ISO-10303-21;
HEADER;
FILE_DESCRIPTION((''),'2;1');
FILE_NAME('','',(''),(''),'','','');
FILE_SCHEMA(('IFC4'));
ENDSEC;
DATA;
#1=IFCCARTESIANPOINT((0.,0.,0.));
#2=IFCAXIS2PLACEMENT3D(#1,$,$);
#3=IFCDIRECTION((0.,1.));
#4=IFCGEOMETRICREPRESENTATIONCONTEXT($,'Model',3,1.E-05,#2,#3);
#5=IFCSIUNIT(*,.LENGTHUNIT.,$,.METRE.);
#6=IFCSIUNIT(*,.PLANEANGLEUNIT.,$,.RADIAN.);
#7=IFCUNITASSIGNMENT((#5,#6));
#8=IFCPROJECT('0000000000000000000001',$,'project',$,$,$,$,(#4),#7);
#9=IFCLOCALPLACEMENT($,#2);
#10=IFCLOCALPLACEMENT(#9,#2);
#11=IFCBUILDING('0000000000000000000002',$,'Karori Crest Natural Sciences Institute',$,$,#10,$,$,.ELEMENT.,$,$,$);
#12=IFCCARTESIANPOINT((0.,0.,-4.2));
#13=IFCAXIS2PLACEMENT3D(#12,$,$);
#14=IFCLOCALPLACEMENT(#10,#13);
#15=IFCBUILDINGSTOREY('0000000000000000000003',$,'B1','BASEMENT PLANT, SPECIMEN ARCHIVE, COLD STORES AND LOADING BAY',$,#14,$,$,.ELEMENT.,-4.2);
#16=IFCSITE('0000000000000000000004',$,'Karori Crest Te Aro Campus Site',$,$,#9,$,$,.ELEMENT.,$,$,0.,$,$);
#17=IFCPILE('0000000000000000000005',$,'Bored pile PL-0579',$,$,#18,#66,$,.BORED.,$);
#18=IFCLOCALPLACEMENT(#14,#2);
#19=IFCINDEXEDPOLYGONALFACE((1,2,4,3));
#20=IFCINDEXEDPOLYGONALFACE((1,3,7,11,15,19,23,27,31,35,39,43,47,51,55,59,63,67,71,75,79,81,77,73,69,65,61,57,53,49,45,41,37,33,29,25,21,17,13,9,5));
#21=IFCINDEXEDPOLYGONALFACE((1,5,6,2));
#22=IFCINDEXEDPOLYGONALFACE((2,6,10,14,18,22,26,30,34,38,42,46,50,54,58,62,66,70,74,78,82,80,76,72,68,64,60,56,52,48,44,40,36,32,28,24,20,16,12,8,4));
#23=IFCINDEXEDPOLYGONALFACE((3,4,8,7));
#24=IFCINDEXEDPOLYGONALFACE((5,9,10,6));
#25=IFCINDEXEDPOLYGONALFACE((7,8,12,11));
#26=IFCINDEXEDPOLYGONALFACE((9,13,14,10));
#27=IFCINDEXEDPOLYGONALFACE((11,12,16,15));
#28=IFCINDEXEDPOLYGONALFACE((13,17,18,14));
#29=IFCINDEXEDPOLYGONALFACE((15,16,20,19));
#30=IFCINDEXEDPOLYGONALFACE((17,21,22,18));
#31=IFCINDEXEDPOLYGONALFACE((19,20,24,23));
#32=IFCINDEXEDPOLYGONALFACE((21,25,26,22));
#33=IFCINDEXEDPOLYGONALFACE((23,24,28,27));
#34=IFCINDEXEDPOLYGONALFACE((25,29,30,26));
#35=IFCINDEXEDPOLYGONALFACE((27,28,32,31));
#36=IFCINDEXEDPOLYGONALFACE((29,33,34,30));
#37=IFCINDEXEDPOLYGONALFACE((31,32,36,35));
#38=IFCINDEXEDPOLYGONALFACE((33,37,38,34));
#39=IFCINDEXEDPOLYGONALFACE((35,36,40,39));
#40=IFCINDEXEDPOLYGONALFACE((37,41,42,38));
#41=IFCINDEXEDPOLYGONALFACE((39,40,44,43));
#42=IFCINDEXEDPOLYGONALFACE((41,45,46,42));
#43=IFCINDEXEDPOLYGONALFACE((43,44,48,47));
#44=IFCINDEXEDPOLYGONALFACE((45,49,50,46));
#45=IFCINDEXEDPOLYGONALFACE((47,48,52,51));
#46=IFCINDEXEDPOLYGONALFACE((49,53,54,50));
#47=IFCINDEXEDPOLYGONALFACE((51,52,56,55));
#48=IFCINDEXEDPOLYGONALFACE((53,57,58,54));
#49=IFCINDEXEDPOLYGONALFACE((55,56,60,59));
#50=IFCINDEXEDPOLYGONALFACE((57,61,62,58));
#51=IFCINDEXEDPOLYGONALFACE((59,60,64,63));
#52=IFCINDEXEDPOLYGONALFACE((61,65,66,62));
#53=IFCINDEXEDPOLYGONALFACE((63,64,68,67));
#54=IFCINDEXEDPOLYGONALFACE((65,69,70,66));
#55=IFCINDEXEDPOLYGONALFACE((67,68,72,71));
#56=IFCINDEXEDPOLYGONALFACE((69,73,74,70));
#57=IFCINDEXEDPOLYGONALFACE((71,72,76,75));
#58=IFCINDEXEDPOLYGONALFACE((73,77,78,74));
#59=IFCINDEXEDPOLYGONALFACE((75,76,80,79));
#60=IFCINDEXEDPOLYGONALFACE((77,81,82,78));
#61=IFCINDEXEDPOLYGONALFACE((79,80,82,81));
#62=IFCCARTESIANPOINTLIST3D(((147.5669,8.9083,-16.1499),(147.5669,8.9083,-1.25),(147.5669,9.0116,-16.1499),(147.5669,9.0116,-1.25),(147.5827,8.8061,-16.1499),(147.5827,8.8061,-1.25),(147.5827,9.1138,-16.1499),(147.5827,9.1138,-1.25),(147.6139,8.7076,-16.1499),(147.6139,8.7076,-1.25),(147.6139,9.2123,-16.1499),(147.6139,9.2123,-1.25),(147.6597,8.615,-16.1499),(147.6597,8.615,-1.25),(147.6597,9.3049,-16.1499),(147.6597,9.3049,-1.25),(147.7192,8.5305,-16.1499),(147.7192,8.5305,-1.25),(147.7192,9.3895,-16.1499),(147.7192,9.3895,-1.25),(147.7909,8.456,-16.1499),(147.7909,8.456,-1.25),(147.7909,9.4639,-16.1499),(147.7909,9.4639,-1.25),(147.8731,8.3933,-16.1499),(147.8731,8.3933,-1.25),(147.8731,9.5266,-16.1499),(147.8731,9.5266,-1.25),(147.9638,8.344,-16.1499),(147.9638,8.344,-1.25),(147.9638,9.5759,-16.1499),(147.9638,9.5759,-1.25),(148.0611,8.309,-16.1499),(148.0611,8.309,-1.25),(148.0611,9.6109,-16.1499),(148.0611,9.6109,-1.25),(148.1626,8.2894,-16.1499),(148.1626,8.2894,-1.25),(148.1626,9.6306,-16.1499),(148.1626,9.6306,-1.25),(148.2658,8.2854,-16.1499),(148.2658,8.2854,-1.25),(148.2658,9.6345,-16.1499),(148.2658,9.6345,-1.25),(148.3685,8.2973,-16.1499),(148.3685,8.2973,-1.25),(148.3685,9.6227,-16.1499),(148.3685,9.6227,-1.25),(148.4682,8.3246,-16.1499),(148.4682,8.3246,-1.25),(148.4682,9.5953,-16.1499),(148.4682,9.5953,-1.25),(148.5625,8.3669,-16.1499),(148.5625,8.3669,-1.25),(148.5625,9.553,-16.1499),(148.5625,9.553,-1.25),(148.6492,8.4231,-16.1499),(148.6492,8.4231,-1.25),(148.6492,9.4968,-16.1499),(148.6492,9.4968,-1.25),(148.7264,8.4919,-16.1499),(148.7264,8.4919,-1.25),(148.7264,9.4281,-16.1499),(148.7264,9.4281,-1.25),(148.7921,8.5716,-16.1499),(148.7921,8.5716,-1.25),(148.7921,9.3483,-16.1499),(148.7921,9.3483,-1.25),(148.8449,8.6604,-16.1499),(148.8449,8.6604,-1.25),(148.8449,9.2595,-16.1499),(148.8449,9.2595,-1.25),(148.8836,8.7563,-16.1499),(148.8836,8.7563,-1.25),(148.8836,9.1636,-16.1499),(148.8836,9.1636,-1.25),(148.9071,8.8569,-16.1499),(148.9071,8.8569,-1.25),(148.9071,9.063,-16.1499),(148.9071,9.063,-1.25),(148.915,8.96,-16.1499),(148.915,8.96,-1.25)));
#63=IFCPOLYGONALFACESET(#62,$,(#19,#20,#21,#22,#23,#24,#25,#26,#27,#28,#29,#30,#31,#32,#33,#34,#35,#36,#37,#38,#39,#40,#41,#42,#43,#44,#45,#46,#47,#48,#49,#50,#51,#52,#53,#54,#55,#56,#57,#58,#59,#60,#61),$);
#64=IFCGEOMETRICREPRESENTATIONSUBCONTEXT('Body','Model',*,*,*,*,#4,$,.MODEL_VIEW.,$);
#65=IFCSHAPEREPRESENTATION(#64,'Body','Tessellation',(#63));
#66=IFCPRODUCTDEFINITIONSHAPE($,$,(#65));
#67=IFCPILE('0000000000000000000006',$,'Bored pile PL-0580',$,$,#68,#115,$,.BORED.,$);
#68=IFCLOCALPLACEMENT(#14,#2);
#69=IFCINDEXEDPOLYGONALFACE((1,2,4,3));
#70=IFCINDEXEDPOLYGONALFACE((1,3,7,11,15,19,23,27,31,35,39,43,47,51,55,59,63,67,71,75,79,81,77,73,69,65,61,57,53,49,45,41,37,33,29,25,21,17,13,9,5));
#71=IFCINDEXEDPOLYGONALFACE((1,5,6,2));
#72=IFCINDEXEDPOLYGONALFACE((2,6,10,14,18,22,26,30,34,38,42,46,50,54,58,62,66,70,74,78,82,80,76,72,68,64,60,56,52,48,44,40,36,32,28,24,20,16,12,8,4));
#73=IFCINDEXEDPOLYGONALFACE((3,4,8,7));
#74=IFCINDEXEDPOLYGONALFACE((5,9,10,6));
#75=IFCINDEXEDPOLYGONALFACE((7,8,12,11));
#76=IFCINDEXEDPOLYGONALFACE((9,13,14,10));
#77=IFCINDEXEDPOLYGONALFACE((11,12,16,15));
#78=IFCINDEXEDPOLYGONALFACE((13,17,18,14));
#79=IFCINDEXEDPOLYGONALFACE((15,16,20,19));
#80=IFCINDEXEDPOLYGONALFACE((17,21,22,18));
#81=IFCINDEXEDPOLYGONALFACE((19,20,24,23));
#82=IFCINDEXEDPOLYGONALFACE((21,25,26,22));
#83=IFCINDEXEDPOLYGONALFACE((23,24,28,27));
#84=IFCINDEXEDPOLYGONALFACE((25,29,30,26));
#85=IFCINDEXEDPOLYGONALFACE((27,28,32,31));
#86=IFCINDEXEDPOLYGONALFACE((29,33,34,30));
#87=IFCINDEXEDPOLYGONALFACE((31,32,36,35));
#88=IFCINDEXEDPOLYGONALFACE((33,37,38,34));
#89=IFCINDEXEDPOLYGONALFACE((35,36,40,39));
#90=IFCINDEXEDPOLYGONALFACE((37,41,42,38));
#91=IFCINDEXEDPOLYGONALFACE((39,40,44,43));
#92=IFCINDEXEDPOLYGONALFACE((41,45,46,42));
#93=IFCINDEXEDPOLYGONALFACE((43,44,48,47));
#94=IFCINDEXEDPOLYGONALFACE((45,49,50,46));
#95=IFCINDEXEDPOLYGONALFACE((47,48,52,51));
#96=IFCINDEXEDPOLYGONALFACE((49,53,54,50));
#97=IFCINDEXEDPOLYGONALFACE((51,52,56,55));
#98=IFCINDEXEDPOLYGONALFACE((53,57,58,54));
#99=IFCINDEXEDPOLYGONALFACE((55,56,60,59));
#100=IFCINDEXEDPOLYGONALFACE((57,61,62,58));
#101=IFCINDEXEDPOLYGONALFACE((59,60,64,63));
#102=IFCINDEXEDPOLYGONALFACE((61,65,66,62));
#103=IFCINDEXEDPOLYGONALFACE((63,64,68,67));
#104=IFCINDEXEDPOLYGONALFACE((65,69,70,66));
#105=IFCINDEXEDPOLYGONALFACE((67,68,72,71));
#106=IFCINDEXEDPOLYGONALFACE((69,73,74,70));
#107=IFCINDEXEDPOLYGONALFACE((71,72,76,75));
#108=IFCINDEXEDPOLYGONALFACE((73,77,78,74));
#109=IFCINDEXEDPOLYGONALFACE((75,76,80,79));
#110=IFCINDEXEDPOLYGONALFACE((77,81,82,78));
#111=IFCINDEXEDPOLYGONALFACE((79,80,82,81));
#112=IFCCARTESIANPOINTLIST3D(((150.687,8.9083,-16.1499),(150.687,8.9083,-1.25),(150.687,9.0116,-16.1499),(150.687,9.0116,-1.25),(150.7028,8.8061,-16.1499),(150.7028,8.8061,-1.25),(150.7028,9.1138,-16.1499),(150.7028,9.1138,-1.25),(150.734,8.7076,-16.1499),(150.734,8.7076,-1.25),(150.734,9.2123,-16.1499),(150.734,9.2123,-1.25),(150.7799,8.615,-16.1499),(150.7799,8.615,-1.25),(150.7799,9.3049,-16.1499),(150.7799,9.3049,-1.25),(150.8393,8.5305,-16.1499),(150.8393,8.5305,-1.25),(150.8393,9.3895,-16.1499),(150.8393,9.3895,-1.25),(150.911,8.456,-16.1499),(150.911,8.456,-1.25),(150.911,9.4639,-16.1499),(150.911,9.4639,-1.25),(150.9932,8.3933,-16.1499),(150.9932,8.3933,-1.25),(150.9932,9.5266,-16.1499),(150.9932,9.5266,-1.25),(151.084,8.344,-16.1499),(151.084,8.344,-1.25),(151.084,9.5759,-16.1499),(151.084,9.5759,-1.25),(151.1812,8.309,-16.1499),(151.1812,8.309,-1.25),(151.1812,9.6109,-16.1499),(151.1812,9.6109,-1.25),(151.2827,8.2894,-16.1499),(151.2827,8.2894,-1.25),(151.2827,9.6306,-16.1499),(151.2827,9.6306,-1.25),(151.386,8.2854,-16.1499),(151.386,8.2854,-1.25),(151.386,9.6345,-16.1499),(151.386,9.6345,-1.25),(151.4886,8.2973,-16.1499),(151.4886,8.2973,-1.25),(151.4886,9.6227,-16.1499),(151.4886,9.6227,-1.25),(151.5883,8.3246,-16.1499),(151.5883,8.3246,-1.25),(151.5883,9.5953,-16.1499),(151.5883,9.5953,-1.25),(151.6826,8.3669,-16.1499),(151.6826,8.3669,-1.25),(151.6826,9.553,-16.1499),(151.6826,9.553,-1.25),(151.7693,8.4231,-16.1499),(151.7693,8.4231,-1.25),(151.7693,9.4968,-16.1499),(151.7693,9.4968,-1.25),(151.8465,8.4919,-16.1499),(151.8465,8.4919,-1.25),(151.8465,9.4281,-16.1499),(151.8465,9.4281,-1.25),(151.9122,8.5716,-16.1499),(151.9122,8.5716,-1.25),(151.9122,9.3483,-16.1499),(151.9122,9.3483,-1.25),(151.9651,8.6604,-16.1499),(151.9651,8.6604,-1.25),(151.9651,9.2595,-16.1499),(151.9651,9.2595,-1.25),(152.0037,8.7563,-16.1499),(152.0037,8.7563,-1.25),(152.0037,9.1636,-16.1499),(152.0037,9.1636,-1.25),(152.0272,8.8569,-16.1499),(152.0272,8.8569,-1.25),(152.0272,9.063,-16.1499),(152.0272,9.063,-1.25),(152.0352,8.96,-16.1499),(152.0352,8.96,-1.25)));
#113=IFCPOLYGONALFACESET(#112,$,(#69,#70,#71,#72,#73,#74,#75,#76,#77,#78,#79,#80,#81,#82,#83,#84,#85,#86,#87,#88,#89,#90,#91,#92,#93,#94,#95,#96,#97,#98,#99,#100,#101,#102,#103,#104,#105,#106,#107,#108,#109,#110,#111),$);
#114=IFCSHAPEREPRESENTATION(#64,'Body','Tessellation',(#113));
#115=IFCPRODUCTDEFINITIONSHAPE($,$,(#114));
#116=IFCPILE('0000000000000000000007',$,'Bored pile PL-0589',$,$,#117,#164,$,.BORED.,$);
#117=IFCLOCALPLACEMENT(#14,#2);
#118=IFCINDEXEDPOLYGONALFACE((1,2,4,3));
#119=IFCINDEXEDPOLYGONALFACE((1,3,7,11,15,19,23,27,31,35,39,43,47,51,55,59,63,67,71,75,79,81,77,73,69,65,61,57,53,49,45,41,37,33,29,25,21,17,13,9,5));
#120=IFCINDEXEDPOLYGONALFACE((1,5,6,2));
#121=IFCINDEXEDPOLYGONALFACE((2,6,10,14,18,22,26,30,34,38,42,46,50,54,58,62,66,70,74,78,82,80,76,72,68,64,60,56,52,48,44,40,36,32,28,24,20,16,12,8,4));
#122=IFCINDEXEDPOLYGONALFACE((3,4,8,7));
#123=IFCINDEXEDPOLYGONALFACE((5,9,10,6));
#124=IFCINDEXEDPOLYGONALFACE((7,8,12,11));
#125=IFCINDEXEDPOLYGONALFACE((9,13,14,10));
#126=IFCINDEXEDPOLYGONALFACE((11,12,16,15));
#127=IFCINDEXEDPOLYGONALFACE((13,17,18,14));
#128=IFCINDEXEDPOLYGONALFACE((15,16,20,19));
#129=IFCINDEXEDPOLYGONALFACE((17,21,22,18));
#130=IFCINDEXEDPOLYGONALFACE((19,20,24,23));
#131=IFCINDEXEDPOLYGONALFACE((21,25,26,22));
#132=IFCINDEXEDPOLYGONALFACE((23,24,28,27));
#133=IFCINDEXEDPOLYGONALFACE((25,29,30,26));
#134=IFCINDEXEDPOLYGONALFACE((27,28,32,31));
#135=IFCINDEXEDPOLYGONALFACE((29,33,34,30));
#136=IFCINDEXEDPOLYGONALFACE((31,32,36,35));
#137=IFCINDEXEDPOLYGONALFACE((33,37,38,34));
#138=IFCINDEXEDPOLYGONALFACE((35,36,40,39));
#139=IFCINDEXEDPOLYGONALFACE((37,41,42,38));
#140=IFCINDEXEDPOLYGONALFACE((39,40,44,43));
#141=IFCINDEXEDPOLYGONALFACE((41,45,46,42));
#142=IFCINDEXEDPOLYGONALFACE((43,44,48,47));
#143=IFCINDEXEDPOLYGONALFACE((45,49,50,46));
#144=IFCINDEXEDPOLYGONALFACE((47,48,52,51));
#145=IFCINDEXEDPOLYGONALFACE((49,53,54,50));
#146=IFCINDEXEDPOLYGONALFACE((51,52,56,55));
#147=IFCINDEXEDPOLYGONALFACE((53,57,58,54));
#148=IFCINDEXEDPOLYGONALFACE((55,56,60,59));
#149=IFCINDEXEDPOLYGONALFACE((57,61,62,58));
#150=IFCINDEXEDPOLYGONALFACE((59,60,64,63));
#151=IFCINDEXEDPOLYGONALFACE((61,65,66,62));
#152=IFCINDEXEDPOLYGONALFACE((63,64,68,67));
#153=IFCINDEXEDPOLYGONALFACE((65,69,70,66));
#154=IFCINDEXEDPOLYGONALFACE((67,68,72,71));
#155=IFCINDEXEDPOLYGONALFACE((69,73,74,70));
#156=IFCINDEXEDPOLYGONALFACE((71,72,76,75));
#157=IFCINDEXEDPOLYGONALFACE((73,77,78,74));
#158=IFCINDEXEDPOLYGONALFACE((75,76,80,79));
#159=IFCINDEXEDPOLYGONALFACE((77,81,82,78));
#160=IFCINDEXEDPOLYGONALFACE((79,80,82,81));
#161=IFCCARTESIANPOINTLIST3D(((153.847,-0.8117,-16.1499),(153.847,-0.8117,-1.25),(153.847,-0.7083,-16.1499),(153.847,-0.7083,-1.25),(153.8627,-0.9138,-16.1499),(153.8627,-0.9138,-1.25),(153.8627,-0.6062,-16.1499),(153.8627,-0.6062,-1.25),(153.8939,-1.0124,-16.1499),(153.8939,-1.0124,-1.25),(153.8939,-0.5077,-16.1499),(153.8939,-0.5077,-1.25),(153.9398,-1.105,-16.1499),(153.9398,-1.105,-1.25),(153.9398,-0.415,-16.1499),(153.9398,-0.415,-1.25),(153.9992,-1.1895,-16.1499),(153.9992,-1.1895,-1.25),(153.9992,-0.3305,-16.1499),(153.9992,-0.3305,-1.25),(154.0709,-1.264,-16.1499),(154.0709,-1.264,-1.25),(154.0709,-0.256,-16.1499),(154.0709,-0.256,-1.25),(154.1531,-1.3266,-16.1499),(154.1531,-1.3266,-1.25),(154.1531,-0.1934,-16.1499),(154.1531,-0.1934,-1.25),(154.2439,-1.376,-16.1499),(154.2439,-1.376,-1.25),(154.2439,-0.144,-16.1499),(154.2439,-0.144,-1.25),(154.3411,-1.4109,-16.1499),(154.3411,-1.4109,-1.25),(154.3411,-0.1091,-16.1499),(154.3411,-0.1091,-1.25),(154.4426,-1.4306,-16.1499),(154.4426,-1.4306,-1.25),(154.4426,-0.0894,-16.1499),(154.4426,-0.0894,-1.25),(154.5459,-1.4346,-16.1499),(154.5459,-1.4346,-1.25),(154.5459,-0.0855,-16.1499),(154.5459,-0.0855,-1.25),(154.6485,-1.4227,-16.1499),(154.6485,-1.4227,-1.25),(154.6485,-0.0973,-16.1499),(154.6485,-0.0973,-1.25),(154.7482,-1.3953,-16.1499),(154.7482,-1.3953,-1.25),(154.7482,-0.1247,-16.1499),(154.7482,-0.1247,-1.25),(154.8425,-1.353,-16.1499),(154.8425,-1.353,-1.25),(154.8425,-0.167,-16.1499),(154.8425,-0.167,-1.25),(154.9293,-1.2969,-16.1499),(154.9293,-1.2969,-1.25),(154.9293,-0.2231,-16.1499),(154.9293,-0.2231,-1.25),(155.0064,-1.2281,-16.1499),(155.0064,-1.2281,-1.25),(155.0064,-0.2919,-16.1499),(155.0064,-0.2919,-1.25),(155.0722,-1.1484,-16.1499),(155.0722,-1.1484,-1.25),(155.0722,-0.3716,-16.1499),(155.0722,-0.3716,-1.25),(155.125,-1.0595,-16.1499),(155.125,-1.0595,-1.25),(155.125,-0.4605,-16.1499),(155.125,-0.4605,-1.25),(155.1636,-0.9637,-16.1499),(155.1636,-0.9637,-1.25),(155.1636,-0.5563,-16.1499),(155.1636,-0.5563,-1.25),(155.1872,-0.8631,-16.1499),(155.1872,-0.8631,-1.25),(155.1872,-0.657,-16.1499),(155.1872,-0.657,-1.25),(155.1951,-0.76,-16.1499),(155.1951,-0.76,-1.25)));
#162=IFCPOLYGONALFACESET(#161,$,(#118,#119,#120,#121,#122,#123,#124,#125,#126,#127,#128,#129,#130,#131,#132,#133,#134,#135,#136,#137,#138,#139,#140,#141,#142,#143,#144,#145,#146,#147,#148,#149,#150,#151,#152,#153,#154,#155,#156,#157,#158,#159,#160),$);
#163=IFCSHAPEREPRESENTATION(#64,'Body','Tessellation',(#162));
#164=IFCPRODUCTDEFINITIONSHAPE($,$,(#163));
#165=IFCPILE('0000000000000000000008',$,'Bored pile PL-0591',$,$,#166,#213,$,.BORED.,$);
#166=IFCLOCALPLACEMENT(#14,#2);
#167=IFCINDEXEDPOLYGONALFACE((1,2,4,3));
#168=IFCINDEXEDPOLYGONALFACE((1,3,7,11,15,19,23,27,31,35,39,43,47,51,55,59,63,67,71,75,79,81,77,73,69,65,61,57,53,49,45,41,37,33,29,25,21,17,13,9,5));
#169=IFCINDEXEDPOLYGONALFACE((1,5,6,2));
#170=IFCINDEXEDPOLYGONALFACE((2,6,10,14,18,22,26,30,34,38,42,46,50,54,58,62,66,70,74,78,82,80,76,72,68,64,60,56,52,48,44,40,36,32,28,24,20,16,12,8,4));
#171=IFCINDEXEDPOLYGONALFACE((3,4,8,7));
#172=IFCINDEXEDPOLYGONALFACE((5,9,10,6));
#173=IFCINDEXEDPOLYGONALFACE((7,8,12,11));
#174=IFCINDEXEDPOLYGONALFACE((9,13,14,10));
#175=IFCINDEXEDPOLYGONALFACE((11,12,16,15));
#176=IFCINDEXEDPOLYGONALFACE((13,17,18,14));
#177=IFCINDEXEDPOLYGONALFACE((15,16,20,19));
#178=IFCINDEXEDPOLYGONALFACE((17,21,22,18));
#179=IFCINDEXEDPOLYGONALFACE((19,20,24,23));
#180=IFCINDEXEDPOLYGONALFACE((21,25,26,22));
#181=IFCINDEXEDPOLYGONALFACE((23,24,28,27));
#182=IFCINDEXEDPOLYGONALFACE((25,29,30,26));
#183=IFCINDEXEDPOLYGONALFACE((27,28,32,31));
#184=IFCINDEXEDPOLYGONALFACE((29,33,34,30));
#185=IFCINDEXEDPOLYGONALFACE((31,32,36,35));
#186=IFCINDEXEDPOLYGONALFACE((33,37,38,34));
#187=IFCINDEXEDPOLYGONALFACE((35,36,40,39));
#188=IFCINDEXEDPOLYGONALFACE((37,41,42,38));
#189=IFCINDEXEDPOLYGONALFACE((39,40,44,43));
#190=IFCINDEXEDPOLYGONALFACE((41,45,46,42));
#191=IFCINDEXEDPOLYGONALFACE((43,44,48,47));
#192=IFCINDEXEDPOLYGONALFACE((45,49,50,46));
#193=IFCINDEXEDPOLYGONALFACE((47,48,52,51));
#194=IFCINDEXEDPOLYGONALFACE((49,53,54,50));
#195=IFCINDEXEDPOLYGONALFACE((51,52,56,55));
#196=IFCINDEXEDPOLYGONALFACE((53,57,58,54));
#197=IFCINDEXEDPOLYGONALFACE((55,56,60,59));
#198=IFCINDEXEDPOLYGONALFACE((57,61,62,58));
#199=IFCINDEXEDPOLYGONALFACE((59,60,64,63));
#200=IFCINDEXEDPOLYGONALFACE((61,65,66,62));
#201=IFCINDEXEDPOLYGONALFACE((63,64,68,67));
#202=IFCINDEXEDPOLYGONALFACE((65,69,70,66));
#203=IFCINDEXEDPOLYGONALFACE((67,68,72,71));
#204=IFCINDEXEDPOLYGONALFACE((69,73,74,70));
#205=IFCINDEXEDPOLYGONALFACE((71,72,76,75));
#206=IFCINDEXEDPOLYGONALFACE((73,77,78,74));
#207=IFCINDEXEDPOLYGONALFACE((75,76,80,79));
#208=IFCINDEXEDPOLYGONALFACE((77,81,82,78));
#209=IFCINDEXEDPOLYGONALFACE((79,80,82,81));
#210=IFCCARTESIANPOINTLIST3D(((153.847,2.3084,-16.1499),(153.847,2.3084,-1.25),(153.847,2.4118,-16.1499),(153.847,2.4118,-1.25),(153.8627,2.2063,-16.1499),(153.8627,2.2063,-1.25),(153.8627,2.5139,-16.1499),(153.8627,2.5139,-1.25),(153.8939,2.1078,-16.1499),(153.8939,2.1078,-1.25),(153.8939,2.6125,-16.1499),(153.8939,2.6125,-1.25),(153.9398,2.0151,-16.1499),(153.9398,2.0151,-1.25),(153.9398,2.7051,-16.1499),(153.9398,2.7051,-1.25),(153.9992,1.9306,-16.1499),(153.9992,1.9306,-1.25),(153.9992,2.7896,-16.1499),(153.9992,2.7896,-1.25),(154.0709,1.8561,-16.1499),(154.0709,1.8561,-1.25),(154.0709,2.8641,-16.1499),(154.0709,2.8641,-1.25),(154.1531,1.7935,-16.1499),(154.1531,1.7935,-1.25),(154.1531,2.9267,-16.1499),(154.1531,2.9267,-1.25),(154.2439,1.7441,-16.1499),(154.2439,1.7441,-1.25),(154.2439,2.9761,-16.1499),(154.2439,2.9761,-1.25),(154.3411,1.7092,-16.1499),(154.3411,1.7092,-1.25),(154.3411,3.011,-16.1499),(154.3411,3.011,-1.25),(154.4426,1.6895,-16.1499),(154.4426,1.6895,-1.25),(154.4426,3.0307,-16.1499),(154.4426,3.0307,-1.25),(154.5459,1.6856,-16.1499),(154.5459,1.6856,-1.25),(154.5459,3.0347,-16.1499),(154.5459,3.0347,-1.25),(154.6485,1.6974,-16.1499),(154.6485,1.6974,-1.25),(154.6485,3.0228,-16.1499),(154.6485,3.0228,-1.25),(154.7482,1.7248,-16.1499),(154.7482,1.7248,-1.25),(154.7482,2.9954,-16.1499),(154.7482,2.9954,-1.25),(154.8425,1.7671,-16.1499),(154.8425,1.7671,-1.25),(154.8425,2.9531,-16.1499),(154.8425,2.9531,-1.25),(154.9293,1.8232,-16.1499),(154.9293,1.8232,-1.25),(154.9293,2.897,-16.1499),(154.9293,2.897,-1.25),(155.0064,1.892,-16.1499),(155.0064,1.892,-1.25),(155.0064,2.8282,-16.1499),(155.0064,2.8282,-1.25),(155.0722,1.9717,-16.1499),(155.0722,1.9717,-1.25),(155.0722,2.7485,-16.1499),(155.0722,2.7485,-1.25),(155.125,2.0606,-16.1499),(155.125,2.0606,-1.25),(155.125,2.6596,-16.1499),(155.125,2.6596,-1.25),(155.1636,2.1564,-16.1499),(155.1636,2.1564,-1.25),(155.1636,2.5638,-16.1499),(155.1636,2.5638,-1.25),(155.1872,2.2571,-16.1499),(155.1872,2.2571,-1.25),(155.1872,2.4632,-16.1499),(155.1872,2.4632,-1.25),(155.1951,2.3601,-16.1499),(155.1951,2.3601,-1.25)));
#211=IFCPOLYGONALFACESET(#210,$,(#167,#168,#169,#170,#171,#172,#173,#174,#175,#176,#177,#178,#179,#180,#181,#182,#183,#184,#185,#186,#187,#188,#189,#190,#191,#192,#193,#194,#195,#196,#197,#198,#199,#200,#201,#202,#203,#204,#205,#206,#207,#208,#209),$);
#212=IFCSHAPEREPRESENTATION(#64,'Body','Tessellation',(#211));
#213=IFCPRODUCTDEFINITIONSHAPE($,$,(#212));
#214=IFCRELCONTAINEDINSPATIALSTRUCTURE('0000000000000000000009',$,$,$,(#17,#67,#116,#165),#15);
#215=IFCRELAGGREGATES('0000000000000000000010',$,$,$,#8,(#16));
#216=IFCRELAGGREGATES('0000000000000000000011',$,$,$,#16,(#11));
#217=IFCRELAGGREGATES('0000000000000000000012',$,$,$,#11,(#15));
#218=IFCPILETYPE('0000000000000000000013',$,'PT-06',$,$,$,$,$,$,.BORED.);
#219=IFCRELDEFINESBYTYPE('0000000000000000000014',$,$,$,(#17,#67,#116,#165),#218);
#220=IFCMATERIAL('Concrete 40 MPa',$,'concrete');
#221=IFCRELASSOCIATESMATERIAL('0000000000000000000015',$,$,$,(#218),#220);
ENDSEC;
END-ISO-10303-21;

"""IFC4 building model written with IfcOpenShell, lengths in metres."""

from ifc_helpers import new_model, si_unit, direction, frame, origin, origin_2d, place, context, subcontext, project, spatial, circle, extrude, material, material_profile, profile_set, type_object, element, save


model = new_model("IFC4")

# Units and contexts
model_context = context("Model", 3, precision=1e-05, world=origin(), true_north=direction((0.0, 1.0)))
body_context = subcontext(model_context, "Body", "Model", "MODEL_VIEW")
ifc_project = project(units=[si_unit("LENGTHUNIT", "METRE"), si_unit("PLANEANGLEUNIT", "RADIAN")], contexts=[model_context])

# Site, building, storey
site_placement = place(None, origin())
site = spatial("IfcSite", under=ifc_project, at=site_placement, Name="Karori Crest Te Aro Campus Site", CompositionType="ELEMENT", RefElevation=0.0)
building_placement = place(site_placement, origin())
building = spatial("IfcBuilding", under=site, at=building_placement, Name="Karori Crest Natural Sciences Institute", CompositionType="ELEMENT")
storey_placement = place(building_placement, frame((0.0, 0.0, -4.2)))
storey = spatial("IfcBuildingStorey", under=building, at=storey_placement, Name="B1", Description="BASEMENT PLANT, SPECIMEN ARCHIVE, COLD STORES AND LOADING BAY", CompositionType="ELEMENT", Elevation=-4.2)

# Shared definitions
ifc_material_1 = material(Name="Concrete 40 MPa", Category="concrete")

# Piles
ifc_material_profile_1 = material_profile(ifc_material_1, circle(Radius=0.675, at=origin_2d()), Name="PILE1350")
ifc_profile_set_1 = profile_set([ifc_material_profile_1], Name="Concrete 40 MPa")
pile_type = type_object("IfcPileType", Name="PT-06", PredefinedType="BORED", material=ifc_profile_set_1)
for number, where, z_axis, x_axis, name in (
    (1, (148.24, 8.96, -1.25), (0.0, 0.0, -1.0), (1.0, 0.0, 0.0), "Bored pile PL-0579"),
    (2, (151.3601, 8.96, -1.25), (0.0, 0.0, -1.0), (1.0, 0.0, 0.0), "Bored pile PL-0580"),
    (3, (154.52, -0.76, -1.25), (0.0, 0.0, -1.0), (1.0, 0.0, 0.0), "Bored pile PL-0589"),
    (4, (154.52, 2.3601, -1.25), (0.0, 0.0, -1.0), (1.0, 0.0, 0.0), "Bored pile PL-0591"),
):
    element("IfcPile", number, at=place(storey_placement, frame(where, z_axis=z_axis, x_axis=x_axis)), inside=storey, type_object=pile_type, Name=name, PredefinedType="BORED", context=body_context, shape_type="SweptSolid", body=[
        extrude(circle(Radius=0.675, at=origin_2d()), origin(), (0.0, 0.0, 1.0), 14.8999),
    ])

save(model, "model.ifc")
